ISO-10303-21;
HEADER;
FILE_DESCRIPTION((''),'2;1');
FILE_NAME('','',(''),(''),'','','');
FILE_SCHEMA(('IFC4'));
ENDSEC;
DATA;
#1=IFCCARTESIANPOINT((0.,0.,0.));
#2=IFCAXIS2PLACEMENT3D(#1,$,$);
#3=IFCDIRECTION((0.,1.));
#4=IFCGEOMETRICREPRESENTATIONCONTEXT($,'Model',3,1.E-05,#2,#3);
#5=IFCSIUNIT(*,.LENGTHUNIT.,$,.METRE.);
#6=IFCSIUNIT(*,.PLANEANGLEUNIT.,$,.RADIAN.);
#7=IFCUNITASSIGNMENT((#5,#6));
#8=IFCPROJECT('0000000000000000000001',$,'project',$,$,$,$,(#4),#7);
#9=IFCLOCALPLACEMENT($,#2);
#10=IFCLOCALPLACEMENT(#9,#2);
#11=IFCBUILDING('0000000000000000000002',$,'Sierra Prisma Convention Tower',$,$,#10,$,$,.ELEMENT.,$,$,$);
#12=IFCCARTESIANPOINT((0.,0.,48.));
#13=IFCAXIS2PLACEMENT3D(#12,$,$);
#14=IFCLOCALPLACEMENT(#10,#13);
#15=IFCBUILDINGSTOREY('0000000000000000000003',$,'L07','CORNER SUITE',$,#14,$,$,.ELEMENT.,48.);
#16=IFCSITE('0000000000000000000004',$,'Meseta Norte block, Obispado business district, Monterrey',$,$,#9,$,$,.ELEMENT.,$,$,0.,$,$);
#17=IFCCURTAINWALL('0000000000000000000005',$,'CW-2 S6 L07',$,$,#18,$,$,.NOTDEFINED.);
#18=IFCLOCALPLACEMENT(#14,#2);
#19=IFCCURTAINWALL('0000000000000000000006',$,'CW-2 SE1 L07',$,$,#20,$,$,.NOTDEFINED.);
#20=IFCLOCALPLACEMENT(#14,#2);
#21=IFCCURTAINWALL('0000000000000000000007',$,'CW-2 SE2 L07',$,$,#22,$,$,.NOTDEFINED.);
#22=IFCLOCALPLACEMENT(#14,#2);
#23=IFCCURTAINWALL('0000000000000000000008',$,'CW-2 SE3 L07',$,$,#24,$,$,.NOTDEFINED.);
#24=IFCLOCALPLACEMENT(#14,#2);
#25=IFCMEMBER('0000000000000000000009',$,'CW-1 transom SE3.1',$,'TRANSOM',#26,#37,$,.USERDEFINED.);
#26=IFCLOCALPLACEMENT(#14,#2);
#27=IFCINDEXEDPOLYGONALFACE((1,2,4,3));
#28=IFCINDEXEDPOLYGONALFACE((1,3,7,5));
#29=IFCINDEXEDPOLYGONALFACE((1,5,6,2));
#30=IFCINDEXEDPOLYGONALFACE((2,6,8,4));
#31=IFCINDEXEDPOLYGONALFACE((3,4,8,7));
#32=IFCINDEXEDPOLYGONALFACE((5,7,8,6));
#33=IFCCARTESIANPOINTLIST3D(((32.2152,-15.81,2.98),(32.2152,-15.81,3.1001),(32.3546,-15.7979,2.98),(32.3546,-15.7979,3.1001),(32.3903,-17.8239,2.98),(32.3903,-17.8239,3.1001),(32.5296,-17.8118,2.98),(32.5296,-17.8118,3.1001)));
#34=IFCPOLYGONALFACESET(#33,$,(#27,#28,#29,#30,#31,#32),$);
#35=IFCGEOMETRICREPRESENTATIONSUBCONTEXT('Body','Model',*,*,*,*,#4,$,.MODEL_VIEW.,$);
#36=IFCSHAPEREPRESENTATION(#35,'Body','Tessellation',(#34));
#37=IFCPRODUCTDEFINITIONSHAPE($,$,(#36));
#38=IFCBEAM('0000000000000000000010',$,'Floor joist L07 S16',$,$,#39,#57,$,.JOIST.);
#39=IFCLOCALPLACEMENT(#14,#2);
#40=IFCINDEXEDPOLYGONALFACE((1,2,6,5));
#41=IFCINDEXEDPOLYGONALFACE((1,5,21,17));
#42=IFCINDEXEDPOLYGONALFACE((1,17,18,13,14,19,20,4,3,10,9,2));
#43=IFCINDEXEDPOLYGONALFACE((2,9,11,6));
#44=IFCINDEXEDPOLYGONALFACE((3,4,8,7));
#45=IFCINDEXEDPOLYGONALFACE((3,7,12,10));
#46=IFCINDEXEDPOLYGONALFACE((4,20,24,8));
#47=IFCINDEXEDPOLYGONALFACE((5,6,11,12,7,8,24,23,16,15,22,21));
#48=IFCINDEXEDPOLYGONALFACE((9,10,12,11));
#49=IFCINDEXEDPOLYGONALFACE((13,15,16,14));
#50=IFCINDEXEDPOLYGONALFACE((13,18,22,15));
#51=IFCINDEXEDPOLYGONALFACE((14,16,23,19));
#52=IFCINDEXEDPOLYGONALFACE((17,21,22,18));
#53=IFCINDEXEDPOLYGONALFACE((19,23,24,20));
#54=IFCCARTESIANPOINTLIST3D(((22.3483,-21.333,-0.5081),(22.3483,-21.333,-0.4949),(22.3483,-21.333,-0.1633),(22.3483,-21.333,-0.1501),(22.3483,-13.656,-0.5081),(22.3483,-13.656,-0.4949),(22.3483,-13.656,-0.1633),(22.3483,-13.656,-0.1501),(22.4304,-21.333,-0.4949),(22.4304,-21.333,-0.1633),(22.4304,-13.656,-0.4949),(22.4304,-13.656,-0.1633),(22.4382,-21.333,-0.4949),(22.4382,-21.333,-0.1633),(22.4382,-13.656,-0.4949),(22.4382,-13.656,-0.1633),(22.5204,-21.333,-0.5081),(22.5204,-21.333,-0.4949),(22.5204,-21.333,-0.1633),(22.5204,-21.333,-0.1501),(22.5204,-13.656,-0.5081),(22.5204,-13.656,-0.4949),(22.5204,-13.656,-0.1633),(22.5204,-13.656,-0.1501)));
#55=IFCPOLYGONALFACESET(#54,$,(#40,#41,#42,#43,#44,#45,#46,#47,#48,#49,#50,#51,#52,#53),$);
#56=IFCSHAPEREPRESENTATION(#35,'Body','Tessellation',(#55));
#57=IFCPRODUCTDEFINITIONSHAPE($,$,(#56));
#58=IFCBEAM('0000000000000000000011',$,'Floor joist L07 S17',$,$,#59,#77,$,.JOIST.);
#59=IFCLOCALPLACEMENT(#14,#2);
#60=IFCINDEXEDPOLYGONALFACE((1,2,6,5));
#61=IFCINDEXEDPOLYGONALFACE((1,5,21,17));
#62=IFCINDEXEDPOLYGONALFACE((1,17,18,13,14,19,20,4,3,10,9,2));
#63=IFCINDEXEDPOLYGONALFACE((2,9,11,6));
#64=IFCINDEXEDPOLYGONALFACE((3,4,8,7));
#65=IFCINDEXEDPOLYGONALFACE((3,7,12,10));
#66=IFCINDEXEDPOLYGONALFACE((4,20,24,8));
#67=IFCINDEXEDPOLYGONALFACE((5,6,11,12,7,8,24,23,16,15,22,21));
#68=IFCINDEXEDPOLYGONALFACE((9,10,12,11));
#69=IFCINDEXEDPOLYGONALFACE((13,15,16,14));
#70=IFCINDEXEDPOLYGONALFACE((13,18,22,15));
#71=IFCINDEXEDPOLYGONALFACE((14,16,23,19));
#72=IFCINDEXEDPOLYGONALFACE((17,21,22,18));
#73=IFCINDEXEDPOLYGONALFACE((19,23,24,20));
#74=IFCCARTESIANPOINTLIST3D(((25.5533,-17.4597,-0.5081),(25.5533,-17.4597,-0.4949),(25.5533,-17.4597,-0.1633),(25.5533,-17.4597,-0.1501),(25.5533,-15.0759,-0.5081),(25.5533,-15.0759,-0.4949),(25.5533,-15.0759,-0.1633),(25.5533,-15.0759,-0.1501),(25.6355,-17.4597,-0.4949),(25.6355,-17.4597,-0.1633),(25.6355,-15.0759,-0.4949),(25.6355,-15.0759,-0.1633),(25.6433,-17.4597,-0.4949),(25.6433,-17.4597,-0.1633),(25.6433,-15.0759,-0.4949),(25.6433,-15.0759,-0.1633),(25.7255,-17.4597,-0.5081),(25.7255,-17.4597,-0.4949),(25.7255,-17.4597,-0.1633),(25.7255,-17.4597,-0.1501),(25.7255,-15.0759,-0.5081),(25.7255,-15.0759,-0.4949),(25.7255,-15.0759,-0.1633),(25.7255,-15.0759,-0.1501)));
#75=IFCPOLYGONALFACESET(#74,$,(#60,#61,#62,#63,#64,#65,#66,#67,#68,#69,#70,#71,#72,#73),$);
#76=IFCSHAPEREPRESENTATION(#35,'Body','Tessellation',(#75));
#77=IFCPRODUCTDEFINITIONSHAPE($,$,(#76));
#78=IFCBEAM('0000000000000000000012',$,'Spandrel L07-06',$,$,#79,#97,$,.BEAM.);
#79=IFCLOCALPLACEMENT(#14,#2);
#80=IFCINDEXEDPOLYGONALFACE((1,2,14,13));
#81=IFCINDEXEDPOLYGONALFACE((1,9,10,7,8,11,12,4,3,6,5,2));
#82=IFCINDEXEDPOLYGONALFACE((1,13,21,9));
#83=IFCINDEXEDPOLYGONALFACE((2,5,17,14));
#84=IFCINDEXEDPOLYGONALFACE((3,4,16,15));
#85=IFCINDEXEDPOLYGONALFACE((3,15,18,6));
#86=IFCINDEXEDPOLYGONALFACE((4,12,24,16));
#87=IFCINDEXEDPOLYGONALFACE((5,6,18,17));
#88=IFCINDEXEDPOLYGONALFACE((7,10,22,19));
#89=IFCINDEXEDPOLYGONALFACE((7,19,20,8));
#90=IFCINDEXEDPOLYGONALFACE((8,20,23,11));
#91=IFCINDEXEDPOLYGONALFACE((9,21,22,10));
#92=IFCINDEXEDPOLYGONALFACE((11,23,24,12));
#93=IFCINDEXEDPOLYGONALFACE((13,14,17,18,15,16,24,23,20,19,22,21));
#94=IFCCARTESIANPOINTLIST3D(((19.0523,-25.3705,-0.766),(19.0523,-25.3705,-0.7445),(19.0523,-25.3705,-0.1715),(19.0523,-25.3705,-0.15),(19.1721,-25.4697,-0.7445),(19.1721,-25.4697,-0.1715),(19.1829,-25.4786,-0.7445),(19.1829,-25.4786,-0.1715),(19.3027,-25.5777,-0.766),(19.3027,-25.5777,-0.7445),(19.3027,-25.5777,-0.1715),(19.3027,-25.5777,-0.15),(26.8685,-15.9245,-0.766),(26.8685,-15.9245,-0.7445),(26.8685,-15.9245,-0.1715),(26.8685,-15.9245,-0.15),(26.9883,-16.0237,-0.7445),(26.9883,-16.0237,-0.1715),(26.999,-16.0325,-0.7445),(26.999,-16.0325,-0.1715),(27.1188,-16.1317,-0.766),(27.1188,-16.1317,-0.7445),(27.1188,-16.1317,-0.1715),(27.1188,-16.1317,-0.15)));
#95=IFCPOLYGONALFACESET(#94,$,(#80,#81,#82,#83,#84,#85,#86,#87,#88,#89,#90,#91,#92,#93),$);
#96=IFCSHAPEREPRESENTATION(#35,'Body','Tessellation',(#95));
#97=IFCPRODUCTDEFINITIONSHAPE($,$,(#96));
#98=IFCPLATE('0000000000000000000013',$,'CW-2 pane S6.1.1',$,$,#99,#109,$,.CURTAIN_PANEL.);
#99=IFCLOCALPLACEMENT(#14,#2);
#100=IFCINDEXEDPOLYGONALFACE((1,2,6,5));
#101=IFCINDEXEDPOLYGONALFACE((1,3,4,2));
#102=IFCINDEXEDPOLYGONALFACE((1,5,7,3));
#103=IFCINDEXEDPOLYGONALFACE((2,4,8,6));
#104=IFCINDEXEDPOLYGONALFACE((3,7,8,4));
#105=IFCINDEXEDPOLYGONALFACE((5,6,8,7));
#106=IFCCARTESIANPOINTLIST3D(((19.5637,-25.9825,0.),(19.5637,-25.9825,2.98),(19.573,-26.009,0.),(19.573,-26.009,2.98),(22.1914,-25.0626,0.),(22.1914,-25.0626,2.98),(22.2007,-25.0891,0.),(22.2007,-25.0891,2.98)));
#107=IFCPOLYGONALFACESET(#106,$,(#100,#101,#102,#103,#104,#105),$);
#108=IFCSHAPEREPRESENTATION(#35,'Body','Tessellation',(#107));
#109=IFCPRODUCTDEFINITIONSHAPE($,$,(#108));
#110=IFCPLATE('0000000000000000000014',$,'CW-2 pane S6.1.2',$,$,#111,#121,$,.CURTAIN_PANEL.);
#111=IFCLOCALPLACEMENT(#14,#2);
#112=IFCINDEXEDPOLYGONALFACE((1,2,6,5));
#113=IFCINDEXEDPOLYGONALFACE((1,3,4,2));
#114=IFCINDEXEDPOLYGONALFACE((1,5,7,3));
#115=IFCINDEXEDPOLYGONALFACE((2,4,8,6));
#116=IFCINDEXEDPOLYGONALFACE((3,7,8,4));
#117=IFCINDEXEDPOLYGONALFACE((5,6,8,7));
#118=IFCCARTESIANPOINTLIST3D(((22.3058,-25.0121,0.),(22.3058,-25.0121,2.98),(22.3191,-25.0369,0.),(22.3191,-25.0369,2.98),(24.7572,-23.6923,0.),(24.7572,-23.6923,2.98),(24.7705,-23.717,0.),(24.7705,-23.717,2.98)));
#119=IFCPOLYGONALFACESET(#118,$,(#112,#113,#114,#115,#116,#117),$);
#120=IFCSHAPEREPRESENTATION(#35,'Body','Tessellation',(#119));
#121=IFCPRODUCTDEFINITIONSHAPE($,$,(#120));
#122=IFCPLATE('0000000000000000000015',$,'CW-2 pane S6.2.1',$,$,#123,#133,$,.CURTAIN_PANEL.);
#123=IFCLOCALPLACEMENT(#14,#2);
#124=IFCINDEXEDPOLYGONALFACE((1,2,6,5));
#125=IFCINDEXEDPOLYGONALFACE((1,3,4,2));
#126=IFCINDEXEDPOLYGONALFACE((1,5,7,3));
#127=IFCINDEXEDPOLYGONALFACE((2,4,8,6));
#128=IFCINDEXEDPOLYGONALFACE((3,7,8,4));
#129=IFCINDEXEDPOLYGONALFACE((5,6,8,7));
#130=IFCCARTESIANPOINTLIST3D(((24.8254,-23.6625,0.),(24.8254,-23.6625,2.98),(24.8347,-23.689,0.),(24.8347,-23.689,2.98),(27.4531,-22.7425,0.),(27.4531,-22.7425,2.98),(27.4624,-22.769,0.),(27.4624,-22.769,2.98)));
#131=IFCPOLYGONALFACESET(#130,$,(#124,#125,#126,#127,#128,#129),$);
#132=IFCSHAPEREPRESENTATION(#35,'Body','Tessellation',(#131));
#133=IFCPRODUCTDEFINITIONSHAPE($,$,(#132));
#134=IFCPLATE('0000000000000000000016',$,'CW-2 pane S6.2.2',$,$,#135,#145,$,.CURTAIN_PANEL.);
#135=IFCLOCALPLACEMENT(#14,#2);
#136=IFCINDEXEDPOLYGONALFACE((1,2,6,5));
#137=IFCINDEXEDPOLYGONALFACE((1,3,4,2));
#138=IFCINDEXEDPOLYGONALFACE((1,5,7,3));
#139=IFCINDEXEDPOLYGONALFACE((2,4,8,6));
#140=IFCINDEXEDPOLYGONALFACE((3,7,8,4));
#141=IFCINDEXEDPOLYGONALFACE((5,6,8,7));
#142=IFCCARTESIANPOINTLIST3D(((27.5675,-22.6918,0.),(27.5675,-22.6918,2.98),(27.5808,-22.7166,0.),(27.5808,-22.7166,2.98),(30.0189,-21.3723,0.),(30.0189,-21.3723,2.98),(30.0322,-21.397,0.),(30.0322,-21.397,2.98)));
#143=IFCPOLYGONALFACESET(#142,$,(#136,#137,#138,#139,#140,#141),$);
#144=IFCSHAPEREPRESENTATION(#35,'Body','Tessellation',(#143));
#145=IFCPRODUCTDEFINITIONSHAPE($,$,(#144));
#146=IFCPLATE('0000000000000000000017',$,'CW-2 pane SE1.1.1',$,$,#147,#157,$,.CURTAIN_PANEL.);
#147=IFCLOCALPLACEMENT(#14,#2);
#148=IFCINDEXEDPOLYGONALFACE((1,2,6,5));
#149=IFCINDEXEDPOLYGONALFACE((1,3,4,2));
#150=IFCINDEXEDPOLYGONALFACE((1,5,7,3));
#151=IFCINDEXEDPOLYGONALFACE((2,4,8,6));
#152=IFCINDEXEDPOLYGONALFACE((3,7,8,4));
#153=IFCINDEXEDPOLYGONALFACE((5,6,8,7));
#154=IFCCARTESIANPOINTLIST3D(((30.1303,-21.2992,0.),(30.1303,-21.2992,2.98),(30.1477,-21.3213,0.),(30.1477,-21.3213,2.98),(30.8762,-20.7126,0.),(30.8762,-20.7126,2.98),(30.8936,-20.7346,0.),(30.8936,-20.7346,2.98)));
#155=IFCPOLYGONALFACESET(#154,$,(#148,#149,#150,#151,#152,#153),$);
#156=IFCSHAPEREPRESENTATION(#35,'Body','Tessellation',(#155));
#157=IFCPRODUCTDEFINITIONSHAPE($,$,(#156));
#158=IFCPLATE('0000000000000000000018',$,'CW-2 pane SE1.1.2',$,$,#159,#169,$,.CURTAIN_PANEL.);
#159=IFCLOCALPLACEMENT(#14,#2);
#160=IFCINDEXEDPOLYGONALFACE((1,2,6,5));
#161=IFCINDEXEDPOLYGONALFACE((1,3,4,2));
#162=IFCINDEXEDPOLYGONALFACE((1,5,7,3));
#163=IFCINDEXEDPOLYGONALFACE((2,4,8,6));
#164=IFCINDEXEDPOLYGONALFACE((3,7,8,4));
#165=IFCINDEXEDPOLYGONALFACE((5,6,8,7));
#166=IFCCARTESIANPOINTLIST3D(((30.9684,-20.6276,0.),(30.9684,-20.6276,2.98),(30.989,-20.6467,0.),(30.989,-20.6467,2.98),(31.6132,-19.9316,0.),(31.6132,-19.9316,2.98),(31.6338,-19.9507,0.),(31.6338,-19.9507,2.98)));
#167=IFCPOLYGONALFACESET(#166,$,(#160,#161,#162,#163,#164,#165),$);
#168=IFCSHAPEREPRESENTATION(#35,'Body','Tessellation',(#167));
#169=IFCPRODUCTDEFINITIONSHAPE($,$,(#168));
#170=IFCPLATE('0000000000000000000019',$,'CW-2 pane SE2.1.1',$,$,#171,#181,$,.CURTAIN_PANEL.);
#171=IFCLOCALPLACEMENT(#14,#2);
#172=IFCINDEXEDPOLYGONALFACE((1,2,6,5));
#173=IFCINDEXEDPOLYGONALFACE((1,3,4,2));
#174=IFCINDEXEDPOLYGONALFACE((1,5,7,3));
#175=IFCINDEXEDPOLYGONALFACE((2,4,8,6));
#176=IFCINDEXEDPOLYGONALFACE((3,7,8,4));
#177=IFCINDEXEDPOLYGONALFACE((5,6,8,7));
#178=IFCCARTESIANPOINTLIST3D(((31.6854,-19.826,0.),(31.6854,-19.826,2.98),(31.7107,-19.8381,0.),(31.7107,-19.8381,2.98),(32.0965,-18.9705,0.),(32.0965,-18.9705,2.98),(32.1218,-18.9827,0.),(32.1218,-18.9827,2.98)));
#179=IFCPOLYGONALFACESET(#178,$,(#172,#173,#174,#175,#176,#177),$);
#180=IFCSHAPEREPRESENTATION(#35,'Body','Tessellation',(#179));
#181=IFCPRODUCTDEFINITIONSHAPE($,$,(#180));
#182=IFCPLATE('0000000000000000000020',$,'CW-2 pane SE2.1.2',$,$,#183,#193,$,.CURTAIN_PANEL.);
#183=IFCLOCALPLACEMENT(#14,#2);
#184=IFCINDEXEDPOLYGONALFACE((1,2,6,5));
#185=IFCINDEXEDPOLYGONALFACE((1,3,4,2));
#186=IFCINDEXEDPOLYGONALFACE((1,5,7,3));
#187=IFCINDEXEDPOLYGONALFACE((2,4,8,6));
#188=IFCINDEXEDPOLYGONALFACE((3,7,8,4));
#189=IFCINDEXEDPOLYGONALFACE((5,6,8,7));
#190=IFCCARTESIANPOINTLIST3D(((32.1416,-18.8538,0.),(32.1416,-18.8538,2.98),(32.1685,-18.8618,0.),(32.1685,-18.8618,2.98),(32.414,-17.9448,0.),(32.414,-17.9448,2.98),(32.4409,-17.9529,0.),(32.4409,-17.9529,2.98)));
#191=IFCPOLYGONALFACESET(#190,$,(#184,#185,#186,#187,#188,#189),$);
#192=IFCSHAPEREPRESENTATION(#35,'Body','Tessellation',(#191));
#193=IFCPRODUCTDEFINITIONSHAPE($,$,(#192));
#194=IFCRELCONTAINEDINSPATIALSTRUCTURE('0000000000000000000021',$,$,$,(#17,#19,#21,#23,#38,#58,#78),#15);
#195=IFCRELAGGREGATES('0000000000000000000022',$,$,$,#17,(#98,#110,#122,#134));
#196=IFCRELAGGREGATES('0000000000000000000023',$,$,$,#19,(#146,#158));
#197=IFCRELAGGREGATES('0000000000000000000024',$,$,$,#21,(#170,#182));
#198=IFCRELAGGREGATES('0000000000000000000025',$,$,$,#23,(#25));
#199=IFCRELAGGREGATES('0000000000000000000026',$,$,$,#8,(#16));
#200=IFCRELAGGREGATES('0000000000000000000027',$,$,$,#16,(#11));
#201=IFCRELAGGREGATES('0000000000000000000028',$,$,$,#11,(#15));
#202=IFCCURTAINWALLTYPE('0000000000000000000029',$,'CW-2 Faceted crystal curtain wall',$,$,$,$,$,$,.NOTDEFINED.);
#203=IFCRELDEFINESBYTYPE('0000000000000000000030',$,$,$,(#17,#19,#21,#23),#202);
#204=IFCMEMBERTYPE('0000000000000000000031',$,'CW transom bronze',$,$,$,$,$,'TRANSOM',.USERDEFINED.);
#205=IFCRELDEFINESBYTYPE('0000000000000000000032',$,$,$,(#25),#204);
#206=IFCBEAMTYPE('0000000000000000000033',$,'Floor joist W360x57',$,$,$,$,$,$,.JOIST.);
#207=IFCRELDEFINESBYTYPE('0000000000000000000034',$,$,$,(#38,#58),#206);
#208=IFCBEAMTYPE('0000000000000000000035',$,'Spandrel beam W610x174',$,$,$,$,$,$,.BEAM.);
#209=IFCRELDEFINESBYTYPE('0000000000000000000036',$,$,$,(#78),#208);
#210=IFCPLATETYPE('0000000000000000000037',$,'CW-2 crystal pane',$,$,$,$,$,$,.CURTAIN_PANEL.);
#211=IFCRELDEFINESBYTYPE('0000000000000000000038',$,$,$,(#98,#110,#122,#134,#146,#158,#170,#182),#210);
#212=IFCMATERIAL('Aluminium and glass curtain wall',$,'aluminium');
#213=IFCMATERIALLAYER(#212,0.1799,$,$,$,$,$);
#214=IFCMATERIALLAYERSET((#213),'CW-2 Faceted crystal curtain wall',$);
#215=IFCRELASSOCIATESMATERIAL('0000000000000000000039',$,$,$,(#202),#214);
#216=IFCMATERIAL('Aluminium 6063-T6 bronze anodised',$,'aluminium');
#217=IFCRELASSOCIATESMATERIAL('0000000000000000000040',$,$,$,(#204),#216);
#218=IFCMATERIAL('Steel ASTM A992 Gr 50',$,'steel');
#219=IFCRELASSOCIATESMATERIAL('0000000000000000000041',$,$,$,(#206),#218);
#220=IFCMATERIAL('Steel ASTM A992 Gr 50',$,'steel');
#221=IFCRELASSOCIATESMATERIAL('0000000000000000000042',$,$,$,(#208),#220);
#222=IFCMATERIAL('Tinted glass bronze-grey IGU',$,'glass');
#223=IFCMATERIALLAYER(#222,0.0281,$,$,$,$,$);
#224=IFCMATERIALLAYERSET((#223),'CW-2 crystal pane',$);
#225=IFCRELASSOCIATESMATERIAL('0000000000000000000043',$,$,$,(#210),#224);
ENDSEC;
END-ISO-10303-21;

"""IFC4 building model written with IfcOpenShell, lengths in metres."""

from ifc_helpers import new_model, si_unit, direction, frame, origin, origin_2d, place, context, subcontext, project, spatial, polyline, rectangle, i_section, outline, extrude, material, layer, layer_set, material_profile, profile_set, type_object, element, aggregate, save


model = new_model("IFC4")

# Units and contexts
model_context = context("Model", 3, precision=1e-05, world=origin(), true_north=direction((0.0, 1.0)))
body_context = subcontext(model_context, "Body", "Model", "MODEL_VIEW")
ifc_project = project(units=[si_unit("LENGTHUNIT", "METRE"), si_unit("PLANEANGLEUNIT", "RADIAN")], contexts=[model_context])

# Site, building, storey
site_placement = place(None, origin())
site = spatial("IfcSite", under=ifc_project, at=site_placement, Name="Meseta Norte block, Obispado business district, Monterrey", CompositionType="ELEMENT", RefElevation=0.0)
building_placement = place(site_placement, origin())
building = spatial("IfcBuilding", under=site, at=building_placement, Name="Sierra Prisma Convention Tower", CompositionType="ELEMENT")
storey_placement = place(building_placement, frame((0.0, 0.0, 48.0)))
storey = spatial("IfcBuildingStorey", under=building, at=storey_placement, Name="L07", Description="CORNER SUITE", CompositionType="ELEMENT", Elevation=48.0)

# Curtain wall
ifc_material_1 = material(Name="Aluminium and glass curtain wall", Category="aluminium")
ifc_layer_1 = layer(ifc_material_1, 0.1799)
ifc_layer_set_1 = layer_set([ifc_layer_1], Name="CW-2 Faceted crystal curtain wall")
curtain_wall_type = type_object("IfcCurtainWallType", Name="CW-2 Faceted crystal curtain wall", PredefinedType="NOTDEFINED", material=ifc_layer_set_1)
curtain_wall_1_placement = place(storey_placement, origin())
curtain_wall_1 = element("IfcCurtainWall", 1, at=curtain_wall_1_placement, inside=storey, type_object=curtain_wall_type, Name="CW-2 S6 L07", PredefinedType="NOTDEFINED")

# Curtain walls
curtain_wall_2_placement = place(storey_placement, origin())
curtain_wall_2 = element("IfcCurtainWall", 2, at=curtain_wall_2_placement, inside=storey, type_object=curtain_wall_type, Name="CW-2 SE1 L07", PredefinedType="NOTDEFINED")
curtain_wall_3_placement = place(storey_placement, origin())
curtain_wall_3 = element("IfcCurtainWall", 3, at=curtain_wall_3_placement, inside=storey, type_object=curtain_wall_type, Name="CW-2 SE2 L07", PredefinedType="NOTDEFINED")
curtain_wall_4_placement = place(storey_placement, origin())
curtain_wall_4 = element("IfcCurtainWall", 4, at=curtain_wall_4_placement, inside=storey, type_object=curtain_wall_type, Name="CW-2 SE3 L07", PredefinedType="NOTDEFINED")

# Member
ifc_material_2 = material(Name="Aluminium 6063-T6 bronze anodised", Category="aluminium")
ifc_material_profile_1 = material_profile(ifc_material_2, rectangle(XDim=0.1399, YDim=0.1201, at=origin_2d()), Name="ALU TRANSOM 120x140")
ifc_profile_set_1 = profile_set([ifc_material_profile_1], Name="Aluminium 6063-T6 bronze anodised")
member_type_1 = type_object("IfcMemberType", Name="CW transom bronze", ElementType="TRANSOM", PredefinedType="USERDEFINED", material=ifc_profile_set_1)
member_1_placement = place(storey_placement, frame((32.46, -17.8179, 3.04), z_axis=(-0.086593, 0.996244, 0.0), x_axis=(-0.996244, -0.086593, 0.0)))
member_1 = element("IfcMember", 5, at=member_1_placement, type_object=member_type_1, Name="CW-1 transom SE3.1", ObjectType="TRANSOM", PredefinedType="USERDEFINED", context=body_context, shape_type="SweptSolid", body=[
    extrude(rectangle(XDim=0.1399, YDim=0.1201, at=origin_2d()), origin(), (0.0, 0.0, 1.0), 2.0215),
])

# Beams
ifc_material_3 = material(Name="Steel ASTM A992 Gr 50", Category="steel")
ifc_material_profile_2 = material_profile(ifc_material_3, i_section(OverallWidth=0.1721, OverallDepth=0.3579, WebThickness=0.0078, FlangeThickness=0.0132, at=origin_2d()), Name="W360x57")
ifc_profile_set_2 = profile_set([ifc_material_profile_2], Name="Steel ASTM A992 Gr 50")
beam_type_1 = type_object("IfcBeamType", Name="Floor joist W360x57", PredefinedType="JOIST", material=ifc_profile_set_2)
beam_1_placement = place(storey_placement, frame((22.4343, -21.333, -0.3291), z_axis=(0.0, 1.0, 0.0), x_axis=(-1.0, 0.0, 0.0)))
element("IfcBeam", 6, at=beam_1_placement, inside=storey, type_object=beam_type_1, Name="Floor joist L07 S16", PredefinedType="JOIST", context=body_context, shape_type="SweptSolid", body=[
    extrude(i_section(OverallWidth=0.1721, OverallDepth=0.3579, WebThickness=0.0078, FlangeThickness=0.0132, at=origin_2d()), origin(), (0.0, 0.0, 1.0), 7.677),
])
beam_2_placement = place(storey_placement, frame((25.6394, -17.4597, -0.3291), z_axis=(0.0, 1.0, 0.0), x_axis=(-1.0, 0.0, 0.0)))
element("IfcBeam", 7, at=beam_2_placement, inside=storey, type_object=beam_type_1, Name="Floor joist L07 S17", PredefinedType="JOIST", context=body_context, shape_type="SweptSolid", body=[
    extrude(i_section(OverallWidth=0.1721, OverallDepth=0.3579, WebThickness=0.0078, FlangeThickness=0.0132, at=origin_2d()), origin(), (0.0, 0.0, 1.0), 2.3838),
])
ifc_material_4 = material(Name="Steel ASTM A992 Gr 50", Category="steel")
ifc_material_profile_3 = material_profile(ifc_material_4, i_section(OverallWidth=0.325, OverallDepth=0.616, WebThickness=0.0139, FlangeThickness=0.0215, at=origin_2d()), Name="W610x174")
ifc_profile_set_3 = profile_set([ifc_material_profile_3], Name="Steel ASTM A992 Gr 50")
beam_type_2 = type_object("IfcBeamType", Name="Spandrel beam W610x174", PredefinedType="BEAM", material=ifc_profile_set_3)
beam_3_placement = place(storey_placement, frame((19.1775, -25.4741, -0.458), z_axis=(0.637507, 0.770445, 0.0), x_axis=(-0.770445, 0.637507, 0.0)))
element("IfcBeam", 8, at=beam_3_placement, inside=storey, type_object=beam_type_2, Name="Spandrel L07-06", PredefinedType="BEAM", context=body_context, shape_type="SweptSolid", body=[
    extrude(i_section(OverallWidth=0.325, OverallDepth=0.616, WebThickness=0.0139, FlangeThickness=0.0215, at=origin_2d()), origin(), (0.0, 0.0, 1.0), 12.2605),
])

# Plates
ifc_material_5 = material(Name="Tinted glass bronze-grey IGU", Category="glass")
ifc_layer_2 = layer(ifc_material_5, 0.0281)
ifc_layer_set_2 = layer_set([ifc_layer_2], Name="CW-2 crystal pane")
plate_type = type_object("IfcPlateType", Name="CW-2 crystal pane", PredefinedType="CURTAIN_PANEL", material=ifc_layer_set_2)
plate_1_placement = place(storey_placement, frame((19.573, -26.009, 0.0), z_axis=(0.330425, -0.943832, 0.0), x_axis=(0.943832, 0.330425, 0.0)))
plate_1 = element("IfcPlate", 9, at=plate_1_placement, type_object=plate_type, Name="CW-2 pane S6.1.1", PredefinedType="CURTAIN_PANEL", context=body_context, shape_type="SweptSolid", body=[
    extrude(outline(polyline([(0.0, 0.0), (2.7841, 0.0), (2.7841, 2.98), (0.0, 2.98), (0.0, 0.0)])), origin(), (0.0, 0.0, -1.0), 0.0281),
])
plate_2_placement = place(storey_placement, frame((24.7705, -23.717, 0.0), z_axis=(0.474053, -0.880496, 0.0), x_axis=(-0.880496, -0.474053, 0.0)))
plate_2 = element("IfcPlate", 10, at=plate_2_placement, type_object=plate_type, Name="CW-2 pane S6.1.2", PredefinedType="CURTAIN_PANEL", context=body_context, shape_type="SweptSolid", body=[
    extrude(outline(polyline([(0.0, 0.0), (2.7841, 0.0), (2.7841, -2.98), (0.0, -2.98), (0.0, 0.0)])), origin(), (0.0, 0.0, -1.0), 0.0281),
])
plate_3_placement = place(storey_placement, frame((24.8347, -23.689, 0.0), z_axis=(0.330425, -0.943832, 0.0), x_axis=(0.943832, 0.330425, 0.0)))
plate_3 = element("IfcPlate", 11, at=plate_3_placement, type_object=plate_type, Name="CW-2 pane S6.2.1", PredefinedType="CURTAIN_PANEL", context=body_context, shape_type="SweptSolid", body=[
    extrude(outline(polyline([(0.0, 0.0), (2.7841, 0.0), (2.7841, 2.98), (0.0, 2.98), (0.0, 0.0)])), origin(), (0.0, 0.0, -1.0), 0.0281),
])
plate_4_placement = place(storey_placement, frame((30.0322, -21.397, 0.0), z_axis=(0.473985, -0.880533, 0.0), x_axis=(-0.880533, -0.473985, 0.0)))
plate_4 = element("IfcPlate", 12, at=plate_4_placement, type_object=plate_type, Name="CW-2 pane S6.2.2", PredefinedType="CURTAIN_PANEL", context=body_context, shape_type="SweptSolid", body=[
    extrude(outline(polyline([(0.0, 0.0), (2.784, 0.0), (2.784, -2.98), (0.0, -2.98), (0.0, 0.0)])), origin(), (0.0, 0.0, -1.0), 0.0281),
])
aggregate(curtain_wall_1, [plate_1, plate_2, plate_3, plate_4])
plate_5_placement = place(storey_placement, frame((30.1477, -21.3213, 0.0), z_axis=(0.618242, -0.785988, 0.0), x_axis=(0.785988, 0.618242, 0.0)))
plate_5 = element("IfcPlate", 13, at=plate_5_placement, type_object=plate_type, Name="CW-2 pane SE1.1.1", PredefinedType="CURTAIN_PANEL", context=body_context, shape_type="SweptSolid", body=[
    extrude(outline(polyline([(0.0, 0.0), (0.9489, 0.0), (0.9489, 2.98), (0.0, 2.98), (0.0, 0.0)])), origin(), (0.0, 0.0, -1.0), 0.0281),
])
plate_6_placement = place(storey_placement, frame((31.6338, -19.9507, 0.0), z_axis=(0.733609, -0.679572, 0.0), x_axis=(-0.679572, -0.733609, 0.0)))
plate_6 = element("IfcPlate", 14, at=plate_6_placement, type_object=plate_type, Name="CW-2 pane SE1.1.2", PredefinedType="CURTAIN_PANEL", context=body_context, shape_type="SweptSolid", body=[
    extrude(outline(polyline([(0.0, 0.0), (0.9488, 0.0), (0.9488, -2.98), (0.0, -2.98), (0.0, 0.0)])), origin(), (0.0, 0.0, -1.0), 0.0281),
])
aggregate(curtain_wall_2, [plate_5, plate_6])
plate_7_placement = place(storey_placement, frame((31.7107, -19.8381, 0.0), z_axis=(0.901314, -0.433166, 0.0), x_axis=(0.433166, 0.901314, 0.0)))
plate_7 = element("IfcPlate", 15, at=plate_7_placement, type_object=plate_type, Name="CW-2 pane SE2.1.1", PredefinedType="CURTAIN_PANEL", context=body_context, shape_type="SweptSolid", body=[
    extrude(outline(polyline([(0.0, 0.0), (0.9491, 0.0), (0.9491, 2.98), (0.0, 2.98), (0.0, 0.0)])), origin(), (0.0, 0.0, -1.0), 0.0281),
])
plate_8_placement = place(storey_placement, frame((32.4409, -17.9529, 0.0), z_axis=(0.95789, -0.287135, 0.0), x_axis=(-0.287135, -0.95789, 0.0)))
plate_8 = element("IfcPlate", 16, at=plate_8_placement, type_object=plate_type, Name="CW-2 pane SE2.1.2", PredefinedType="CURTAIN_PANEL", context=body_context, shape_type="SweptSolid", body=[
    extrude(outline(polyline([(0.0, 0.0), (0.9489, 0.0), (0.9489, -2.98), (0.0, -2.98), (0.0, 0.0)])), origin(), (0.0, 0.0, -1.0), 0.0281),
])
aggregate(curtain_wall_3, [plate_7, plate_8])
aggregate(curtain_wall_4, [member_1])

save(model, "model.ifc")
